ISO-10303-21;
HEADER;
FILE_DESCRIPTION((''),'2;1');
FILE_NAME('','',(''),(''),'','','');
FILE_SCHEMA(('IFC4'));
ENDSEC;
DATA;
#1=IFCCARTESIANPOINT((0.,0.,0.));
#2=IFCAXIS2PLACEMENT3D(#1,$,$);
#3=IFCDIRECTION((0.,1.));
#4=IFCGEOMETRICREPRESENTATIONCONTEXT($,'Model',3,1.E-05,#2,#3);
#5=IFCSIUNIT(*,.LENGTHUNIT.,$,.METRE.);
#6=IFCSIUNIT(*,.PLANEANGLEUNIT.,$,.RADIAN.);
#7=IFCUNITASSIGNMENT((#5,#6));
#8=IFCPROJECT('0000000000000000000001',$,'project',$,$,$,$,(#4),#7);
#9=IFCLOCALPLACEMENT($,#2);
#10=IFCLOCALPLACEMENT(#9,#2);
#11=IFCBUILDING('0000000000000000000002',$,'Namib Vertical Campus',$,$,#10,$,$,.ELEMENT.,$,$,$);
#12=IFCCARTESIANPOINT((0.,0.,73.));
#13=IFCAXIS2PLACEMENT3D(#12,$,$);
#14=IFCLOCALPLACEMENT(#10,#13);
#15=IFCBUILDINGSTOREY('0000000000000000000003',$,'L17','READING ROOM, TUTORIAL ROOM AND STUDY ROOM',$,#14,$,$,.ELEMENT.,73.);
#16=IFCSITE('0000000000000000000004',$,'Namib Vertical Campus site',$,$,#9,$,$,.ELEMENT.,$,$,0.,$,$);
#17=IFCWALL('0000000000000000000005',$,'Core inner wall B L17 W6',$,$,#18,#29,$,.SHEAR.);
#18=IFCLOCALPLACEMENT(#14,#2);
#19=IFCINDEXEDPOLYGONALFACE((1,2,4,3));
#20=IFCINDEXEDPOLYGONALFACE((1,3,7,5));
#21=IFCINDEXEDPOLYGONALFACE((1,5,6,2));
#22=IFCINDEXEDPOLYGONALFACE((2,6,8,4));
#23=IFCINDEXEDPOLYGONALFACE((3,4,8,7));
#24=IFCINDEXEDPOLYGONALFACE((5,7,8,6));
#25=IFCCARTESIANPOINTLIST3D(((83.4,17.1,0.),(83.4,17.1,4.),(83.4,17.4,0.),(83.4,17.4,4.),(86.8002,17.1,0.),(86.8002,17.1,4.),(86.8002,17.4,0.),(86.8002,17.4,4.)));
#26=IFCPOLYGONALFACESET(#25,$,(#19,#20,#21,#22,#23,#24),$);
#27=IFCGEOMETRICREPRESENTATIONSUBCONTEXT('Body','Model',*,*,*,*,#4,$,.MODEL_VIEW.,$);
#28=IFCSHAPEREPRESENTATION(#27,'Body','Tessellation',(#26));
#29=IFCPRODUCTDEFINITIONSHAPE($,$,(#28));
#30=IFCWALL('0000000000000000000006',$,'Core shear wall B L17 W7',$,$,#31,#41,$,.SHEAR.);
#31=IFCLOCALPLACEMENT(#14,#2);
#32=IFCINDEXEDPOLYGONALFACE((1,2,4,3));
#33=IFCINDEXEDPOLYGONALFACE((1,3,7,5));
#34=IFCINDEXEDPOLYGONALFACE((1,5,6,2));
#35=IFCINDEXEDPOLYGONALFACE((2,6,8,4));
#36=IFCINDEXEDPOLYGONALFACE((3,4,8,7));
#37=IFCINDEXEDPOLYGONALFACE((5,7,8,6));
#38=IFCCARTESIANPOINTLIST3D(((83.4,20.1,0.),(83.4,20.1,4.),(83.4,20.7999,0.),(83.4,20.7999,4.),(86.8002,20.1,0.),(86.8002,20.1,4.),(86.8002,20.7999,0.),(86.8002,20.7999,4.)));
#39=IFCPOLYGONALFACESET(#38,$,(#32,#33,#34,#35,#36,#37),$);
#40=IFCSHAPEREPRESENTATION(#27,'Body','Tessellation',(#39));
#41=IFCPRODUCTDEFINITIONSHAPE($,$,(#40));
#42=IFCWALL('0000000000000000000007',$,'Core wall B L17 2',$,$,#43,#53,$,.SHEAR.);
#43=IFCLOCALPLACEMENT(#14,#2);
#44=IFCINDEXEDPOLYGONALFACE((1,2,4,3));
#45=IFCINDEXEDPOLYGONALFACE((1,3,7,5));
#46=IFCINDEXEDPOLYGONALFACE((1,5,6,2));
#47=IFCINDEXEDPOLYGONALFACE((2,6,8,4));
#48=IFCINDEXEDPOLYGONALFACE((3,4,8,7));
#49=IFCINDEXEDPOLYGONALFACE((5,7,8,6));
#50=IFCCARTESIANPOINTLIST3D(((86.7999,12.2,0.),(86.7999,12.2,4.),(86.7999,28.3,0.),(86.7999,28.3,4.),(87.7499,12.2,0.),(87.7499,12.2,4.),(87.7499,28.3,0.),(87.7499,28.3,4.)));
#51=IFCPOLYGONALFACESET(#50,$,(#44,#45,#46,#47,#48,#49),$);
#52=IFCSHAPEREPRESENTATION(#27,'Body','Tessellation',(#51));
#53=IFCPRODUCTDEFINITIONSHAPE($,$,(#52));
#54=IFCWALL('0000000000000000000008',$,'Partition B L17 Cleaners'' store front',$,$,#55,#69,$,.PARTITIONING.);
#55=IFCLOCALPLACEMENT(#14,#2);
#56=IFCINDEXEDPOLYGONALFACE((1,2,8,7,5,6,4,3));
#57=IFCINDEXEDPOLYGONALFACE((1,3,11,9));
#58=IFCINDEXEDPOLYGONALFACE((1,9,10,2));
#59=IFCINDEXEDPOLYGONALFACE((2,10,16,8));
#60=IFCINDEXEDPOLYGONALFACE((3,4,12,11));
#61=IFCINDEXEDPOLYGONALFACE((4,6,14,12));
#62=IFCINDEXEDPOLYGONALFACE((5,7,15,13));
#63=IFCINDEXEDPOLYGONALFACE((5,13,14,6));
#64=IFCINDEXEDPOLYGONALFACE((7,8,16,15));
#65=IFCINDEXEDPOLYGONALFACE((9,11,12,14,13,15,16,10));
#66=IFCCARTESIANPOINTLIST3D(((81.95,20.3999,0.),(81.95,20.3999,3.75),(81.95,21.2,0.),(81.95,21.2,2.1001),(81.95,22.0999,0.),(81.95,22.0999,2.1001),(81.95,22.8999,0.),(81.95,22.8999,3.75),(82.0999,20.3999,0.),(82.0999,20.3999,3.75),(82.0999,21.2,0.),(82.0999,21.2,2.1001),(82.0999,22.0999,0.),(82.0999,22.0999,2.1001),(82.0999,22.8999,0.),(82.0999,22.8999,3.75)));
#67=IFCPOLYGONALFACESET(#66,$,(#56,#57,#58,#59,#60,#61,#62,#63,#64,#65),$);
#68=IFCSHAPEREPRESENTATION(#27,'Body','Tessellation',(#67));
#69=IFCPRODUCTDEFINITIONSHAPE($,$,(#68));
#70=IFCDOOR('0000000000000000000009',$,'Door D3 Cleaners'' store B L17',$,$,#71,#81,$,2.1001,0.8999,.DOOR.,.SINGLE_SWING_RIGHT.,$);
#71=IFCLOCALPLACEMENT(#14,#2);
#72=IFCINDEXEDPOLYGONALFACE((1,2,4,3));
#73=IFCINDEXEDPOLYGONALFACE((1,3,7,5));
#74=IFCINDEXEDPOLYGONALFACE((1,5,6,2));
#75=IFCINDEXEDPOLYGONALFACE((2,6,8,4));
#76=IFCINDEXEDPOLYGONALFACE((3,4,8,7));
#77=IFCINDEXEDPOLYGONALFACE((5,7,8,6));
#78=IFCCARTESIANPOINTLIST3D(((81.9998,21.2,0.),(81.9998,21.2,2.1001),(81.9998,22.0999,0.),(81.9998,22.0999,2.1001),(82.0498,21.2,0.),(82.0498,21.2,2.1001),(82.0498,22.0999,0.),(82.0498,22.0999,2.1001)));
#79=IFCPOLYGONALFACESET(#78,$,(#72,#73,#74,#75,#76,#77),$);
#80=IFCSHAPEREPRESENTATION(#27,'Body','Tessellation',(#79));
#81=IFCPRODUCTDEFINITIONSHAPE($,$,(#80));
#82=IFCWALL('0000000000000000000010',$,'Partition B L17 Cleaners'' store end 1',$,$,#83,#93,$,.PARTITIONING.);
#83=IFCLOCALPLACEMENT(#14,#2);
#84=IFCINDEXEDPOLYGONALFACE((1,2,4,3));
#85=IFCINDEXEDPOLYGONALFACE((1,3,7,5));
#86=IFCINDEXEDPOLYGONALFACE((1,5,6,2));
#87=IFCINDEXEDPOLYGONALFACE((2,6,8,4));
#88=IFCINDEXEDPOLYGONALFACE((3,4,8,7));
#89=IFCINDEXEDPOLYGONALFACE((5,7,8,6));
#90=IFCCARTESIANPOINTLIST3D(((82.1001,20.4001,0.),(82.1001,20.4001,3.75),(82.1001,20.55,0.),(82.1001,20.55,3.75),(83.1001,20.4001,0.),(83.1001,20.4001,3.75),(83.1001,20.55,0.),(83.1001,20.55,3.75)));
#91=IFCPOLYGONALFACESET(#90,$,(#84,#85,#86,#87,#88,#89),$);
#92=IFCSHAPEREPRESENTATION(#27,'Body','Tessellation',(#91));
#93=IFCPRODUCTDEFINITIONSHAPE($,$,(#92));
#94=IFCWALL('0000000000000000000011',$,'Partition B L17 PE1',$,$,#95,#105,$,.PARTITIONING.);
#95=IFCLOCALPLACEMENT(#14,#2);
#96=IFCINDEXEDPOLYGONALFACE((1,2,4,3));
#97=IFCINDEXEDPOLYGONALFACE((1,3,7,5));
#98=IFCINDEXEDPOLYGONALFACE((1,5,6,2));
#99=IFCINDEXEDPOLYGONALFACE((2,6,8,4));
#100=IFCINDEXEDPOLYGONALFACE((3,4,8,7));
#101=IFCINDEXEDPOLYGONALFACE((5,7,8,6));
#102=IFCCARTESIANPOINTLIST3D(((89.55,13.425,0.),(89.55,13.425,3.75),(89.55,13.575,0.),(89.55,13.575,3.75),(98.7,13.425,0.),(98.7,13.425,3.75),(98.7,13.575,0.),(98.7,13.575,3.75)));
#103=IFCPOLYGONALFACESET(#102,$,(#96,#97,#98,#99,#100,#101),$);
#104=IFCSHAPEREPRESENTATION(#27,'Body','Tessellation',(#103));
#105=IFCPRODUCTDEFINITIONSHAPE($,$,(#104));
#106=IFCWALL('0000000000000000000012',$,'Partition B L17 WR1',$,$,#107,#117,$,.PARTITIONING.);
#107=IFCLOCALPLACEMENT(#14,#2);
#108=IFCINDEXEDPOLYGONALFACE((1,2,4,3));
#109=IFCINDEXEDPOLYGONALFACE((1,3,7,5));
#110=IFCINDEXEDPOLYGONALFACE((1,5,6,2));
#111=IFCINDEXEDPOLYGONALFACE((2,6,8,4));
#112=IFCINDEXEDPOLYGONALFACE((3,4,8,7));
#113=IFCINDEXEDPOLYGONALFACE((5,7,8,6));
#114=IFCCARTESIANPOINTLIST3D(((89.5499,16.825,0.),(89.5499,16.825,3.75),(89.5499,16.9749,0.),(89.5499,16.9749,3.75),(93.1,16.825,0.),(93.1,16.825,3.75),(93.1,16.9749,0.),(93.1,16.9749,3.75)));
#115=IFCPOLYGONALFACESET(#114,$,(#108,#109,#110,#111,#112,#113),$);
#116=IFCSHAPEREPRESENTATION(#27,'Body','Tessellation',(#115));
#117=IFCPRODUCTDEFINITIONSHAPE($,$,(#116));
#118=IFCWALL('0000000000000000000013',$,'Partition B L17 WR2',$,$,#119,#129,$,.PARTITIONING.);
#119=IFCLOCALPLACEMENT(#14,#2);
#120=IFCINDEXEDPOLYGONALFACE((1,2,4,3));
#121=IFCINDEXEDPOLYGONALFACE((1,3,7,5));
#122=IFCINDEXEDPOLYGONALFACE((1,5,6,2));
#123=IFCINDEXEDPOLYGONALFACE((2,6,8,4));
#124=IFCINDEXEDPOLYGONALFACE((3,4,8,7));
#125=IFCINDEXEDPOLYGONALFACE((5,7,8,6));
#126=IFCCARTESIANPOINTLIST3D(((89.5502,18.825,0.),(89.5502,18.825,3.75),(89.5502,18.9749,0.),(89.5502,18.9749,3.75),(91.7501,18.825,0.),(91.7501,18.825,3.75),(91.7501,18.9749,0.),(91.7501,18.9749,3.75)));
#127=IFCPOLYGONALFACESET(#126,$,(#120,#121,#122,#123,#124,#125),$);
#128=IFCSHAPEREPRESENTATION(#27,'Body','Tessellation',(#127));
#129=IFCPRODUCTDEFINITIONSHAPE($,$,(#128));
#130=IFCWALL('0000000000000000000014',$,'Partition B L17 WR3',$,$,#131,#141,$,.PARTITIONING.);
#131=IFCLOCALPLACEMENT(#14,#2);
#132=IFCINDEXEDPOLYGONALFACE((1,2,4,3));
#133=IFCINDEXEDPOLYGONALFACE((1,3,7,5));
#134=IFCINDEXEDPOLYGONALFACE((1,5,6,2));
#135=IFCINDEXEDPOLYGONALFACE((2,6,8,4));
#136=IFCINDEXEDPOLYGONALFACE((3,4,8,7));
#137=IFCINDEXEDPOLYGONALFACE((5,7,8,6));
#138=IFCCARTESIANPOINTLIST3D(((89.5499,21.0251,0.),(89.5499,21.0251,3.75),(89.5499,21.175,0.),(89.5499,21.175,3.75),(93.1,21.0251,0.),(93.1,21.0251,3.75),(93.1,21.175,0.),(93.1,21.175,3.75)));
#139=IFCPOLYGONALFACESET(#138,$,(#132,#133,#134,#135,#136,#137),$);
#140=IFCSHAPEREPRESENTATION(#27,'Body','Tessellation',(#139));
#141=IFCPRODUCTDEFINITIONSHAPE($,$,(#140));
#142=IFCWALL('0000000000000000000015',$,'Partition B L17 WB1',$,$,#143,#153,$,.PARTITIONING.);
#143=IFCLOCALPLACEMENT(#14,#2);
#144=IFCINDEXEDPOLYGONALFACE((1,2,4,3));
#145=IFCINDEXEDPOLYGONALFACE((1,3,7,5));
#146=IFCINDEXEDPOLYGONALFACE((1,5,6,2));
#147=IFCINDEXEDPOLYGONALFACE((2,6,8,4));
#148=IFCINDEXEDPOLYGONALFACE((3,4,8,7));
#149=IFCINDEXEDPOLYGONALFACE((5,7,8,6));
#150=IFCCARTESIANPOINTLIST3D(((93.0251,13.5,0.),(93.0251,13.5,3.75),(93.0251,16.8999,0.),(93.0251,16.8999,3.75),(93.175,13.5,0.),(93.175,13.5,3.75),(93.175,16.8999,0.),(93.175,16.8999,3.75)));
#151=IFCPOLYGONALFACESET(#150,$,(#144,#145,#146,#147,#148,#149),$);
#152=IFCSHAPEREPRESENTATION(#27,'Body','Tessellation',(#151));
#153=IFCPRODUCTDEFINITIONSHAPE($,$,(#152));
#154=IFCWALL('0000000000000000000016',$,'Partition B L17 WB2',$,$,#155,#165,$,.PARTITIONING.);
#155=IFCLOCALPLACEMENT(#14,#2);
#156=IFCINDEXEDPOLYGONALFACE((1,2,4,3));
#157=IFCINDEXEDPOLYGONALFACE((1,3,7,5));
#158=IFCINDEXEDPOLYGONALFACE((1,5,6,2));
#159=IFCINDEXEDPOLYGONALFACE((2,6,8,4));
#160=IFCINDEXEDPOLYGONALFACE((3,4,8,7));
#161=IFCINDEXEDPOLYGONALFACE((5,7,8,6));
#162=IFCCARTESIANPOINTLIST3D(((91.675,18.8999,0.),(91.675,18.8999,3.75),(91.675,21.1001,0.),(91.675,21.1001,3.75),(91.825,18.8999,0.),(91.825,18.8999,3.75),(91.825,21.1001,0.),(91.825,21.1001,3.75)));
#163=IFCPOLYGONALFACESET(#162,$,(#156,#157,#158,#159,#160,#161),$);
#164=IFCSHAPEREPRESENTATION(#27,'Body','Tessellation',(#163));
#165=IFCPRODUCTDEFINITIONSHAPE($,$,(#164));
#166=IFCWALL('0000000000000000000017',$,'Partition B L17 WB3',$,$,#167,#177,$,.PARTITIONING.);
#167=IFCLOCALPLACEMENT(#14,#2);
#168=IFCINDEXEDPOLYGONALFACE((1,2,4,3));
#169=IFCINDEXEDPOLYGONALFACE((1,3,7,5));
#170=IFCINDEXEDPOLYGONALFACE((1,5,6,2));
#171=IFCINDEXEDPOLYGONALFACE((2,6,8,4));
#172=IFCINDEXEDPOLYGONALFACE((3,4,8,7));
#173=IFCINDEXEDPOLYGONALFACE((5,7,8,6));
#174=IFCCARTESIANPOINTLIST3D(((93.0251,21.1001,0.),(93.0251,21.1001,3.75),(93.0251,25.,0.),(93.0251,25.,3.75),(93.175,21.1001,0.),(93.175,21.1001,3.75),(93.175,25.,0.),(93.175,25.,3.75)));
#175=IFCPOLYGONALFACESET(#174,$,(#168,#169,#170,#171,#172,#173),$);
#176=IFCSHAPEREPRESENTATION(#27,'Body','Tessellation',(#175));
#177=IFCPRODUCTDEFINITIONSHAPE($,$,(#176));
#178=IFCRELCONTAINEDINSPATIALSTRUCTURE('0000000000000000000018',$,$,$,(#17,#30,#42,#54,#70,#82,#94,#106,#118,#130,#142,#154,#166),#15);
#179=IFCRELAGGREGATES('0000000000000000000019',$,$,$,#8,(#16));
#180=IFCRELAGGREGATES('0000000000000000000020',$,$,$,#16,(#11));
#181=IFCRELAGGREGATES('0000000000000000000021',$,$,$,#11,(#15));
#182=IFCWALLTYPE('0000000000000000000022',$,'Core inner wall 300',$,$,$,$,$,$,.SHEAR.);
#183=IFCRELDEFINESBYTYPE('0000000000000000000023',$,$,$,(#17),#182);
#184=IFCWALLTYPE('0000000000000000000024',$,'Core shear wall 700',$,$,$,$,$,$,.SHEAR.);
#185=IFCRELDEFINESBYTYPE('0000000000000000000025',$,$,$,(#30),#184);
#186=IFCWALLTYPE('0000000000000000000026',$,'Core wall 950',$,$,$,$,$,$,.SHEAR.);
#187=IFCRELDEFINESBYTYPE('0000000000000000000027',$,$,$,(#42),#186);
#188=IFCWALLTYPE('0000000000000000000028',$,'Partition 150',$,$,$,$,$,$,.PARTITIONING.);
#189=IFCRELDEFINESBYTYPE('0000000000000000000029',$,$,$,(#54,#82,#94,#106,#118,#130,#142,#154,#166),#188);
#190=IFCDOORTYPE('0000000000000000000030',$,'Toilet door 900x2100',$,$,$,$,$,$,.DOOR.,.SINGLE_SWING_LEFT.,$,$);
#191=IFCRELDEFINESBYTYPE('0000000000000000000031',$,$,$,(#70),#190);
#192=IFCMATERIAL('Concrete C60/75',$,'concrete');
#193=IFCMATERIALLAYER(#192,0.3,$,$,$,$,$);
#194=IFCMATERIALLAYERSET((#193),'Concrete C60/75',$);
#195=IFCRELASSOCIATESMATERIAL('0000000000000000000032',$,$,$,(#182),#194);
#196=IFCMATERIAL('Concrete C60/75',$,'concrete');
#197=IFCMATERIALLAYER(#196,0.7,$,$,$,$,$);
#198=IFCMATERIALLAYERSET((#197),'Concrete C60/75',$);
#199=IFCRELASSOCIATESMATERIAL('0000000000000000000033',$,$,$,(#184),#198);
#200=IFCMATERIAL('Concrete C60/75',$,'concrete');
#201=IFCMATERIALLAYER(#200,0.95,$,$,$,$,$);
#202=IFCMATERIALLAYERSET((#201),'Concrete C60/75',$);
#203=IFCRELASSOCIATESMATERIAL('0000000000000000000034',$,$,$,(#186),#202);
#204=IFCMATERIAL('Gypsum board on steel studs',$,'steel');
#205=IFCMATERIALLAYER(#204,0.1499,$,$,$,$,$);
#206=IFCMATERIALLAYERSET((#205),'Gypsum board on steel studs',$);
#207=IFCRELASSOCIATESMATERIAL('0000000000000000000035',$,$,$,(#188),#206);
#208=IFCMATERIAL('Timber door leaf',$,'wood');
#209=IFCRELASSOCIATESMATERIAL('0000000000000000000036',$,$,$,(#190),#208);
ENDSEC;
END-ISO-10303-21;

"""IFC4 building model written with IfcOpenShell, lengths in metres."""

from ifc_helpers import new_model, si_unit, direction, frame, frame_2d, origin, place, context, subcontext, project, spatial, rectangle, extrude, material, layer, layer_set, type_object, element, fill, save


model = new_model("IFC4")

# Units and contexts
model_context = context("Model", 3, precision=1e-05, world=origin(), true_north=direction((0.0, 1.0)))
body_context = subcontext(model_context, "Body", "Model", "MODEL_VIEW")
ifc_project = project(units=[si_unit("LENGTHUNIT", "METRE"), si_unit("PLANEANGLEUNIT", "RADIAN")], contexts=[model_context])

# Site, building, storey
site_placement = place(None, origin())
site = spatial("IfcSite", under=ifc_project, at=site_placement, Name="Namib Vertical Campus site", CompositionType="ELEMENT", RefElevation=0.0)
building_placement = place(site_placement, origin())
building = spatial("IfcBuilding", under=site, at=building_placement, Name="Namib Vertical Campus", CompositionType="ELEMENT")
storey_placement = place(building_placement, frame((0.0, 0.0, 73.0)))
storey = spatial("IfcBuildingStorey", under=building, at=storey_placement, Name="L17", Description="READING ROOM, TUTORIAL ROOM AND STUDY ROOM", CompositionType="ELEMENT", Elevation=73.0)

# Shared definitions
ifc_material_1 = material(Name="Concrete C60/75", Category="concrete")
ifc_layer_1 = layer(ifc_material_1, 0.3)
ifc_layer_set_1 = layer_set([ifc_layer_1], Name="Concrete C60/75")
wall_type_1 = type_object("IfcWallType", Name="Core inner wall 300", PredefinedType="SHEAR", material=ifc_layer_set_1)

# Walls
for number, where, z_axis, x_axis, name in (
    (1, (83.3999, 17.25, 0.0), (0.0, 0.0, 1.0), (1.0, 0.0, 0.0), "Core inner wall B L17 W6"),
):
    element("IfcWall", number, at=place(storey_placement, frame(where, z_axis=z_axis, x_axis=x_axis)), inside=storey, type_object=wall_type_1, Name=name, PredefinedType="SHEAR", context=body_context, shape_type="SweptSolid", body=[
        extrude(rectangle(XDim=3.4001, YDim=0.3, at=frame_2d((1.7002, 0.0))), origin(), (0.0, 0.0, 1.0), 4.0),
    ])
ifc_material_2 = material(Name="Concrete C60/75", Category="concrete")
ifc_layer_2 = layer(ifc_material_2, 0.7)
ifc_layer_set_2 = layer_set([ifc_layer_2], Name="Concrete C60/75")
wall_type_2 = type_object("IfcWallType", Name="Core shear wall 700", PredefinedType="SHEAR", material=ifc_layer_set_2)
wall_1_placement = place(storey_placement, frame((83.3999, 20.45, 0.0), z_axis=(0.0, 0.0, 1.0), x_axis=(1.0, 0.0, 0.0)))
element("IfcWall", 2, at=wall_1_placement, inside=storey, type_object=wall_type_2, Name="Core shear wall B L17 W7", PredefinedType="SHEAR", context=body_context, shape_type="SweptSolid", body=[
    extrude(rectangle(XDim=3.4001, YDim=0.7, at=frame_2d((1.7002, 0.0))), origin(), (0.0, 0.0, 1.0), 4.0),
])
ifc_material_3 = material(Name="Concrete C60/75", Category="concrete")
ifc_layer_3 = layer(ifc_material_3, 0.95)
ifc_layer_set_3 = layer_set([ifc_layer_3], Name="Concrete C60/75")
wall_type_3 = type_object("IfcWallType", Name="Core wall 950", PredefinedType="SHEAR", material=ifc_layer_set_3)
wall_2_placement = place(storey_placement, frame((87.2749, 12.2, 0.0), z_axis=(0.0, 0.0, 1.0), x_axis=(0.0, 1.0, 0.0)))
element("IfcWall", 3, at=wall_2_placement, inside=storey, type_object=wall_type_3, Name="Core wall B L17 2", PredefinedType="SHEAR", context=body_context, shape_type="SweptSolid", body=[
    extrude(rectangle(XDim=16.1001, YDim=0.95, at=frame_2d((8.05, 0.0))), origin(), (0.0, 0.0, 1.0), 4.0),
])

# Wall, opening, door
ifc_material_4 = material(Name="Gypsum board on steel studs", Category="steel")
ifc_layer_4 = layer(ifc_material_4, 0.1499)
ifc_layer_set_4 = layer_set([ifc_layer_4], Name="Gypsum board on steel studs")
wall_type_4 = type_object("IfcWallType", Name="Partition 150", PredefinedType="PARTITIONING", material=ifc_layer_set_4)
wall_3_placement = place(storey_placement, frame((82.0249, 20.3999, 0.0), z_axis=(0.0, 0.0, 1.0), x_axis=(0.0, 1.0, 0.0)))
wall_3 = element("IfcWall", 4, at=wall_3_placement, inside=storey, type_object=wall_type_4, Name="Partition B L17 Cleaners' store front", PredefinedType="PARTITIONING", context=body_context, shape_type="SweptSolid", body=[
    extrude(rectangle(XDim=2.5, YDim=0.1499, at=frame_2d((1.25, 0.0))), origin(), (0.0, 0.0, 1.0), 3.75),
])
opening_1_placement = place(wall_3_placement, frame((0.8, 0.0, 0.0)))
opening_1 = element("IfcOpeningElement", 5, at=opening_1_placement, cuts=wall_3, PredefinedType="OPENING", context=body_context, shape_type="SweptSolid", body=[
    extrude(rectangle(XDim=0.8999, YDim=2.1001, at=frame_2d((0.45, 1.05))), frame((0.0, 0.085, 0.0), z_axis=(0.0, -1.0, 0.0), x_axis=(1.0, 0.0, 0.0)), (0.0, 0.0, 1.0), 0.1699),
])
ifc_material_5 = material(Name="Timber door leaf", Category="wood")
door_type_1 = type_object("IfcDoorType", Name="Toilet door 900x2100", OperationType="SINGLE_SWING_LEFT", PredefinedType="DOOR", material=ifc_material_5)
door_1_placement = place(opening_1_placement, frame((0.8999, 0.0, 0.0), z_axis=(0.0, 0.0, 1.0), x_axis=(-1.0, 0.0, 0.0)))
door_1 = element("IfcDoor", 6, at=door_1_placement, inside=storey, type_object=door_type_1, Name="Door D3 Cleaners' store B L17", OperationType="SINGLE_SWING_RIGHT", OverallHeight=2.1001, OverallWidth=0.8999, PredefinedType="DOOR", context=body_context, shape_type="SweptSolid", body=[
    extrude(rectangle(XDim=0.8999, YDim=2.1001, at=frame_2d((0.45, 1.05))), frame((0.0, 0.0249, 0.0), z_axis=(0.0, -1.0, 0.0), x_axis=(1.0, 0.0, 0.0)), (0.0, 0.0, 1.0), 0.05),
])
fill(opening_1, door_1)

# Walls
wall_4_placement = place(storey_placement, frame((82.1001, 20.4751, 0.0), z_axis=(0.0, 0.0, 1.0), x_axis=(1.0, 0.0, 0.0)))
element("IfcWall", 7, at=wall_4_placement, inside=storey, type_object=wall_type_4, Name="Partition B L17 Cleaners' store end 1", PredefinedType="PARTITIONING", context=body_context, shape_type="SweptSolid", body=[
    extrude(rectangle(XDim=1.0, YDim=0.1499, at=frame_2d((0.5, 0.0))), origin(), (0.0, 0.0, 1.0), 3.75),
])
wall_5_placement = place(storey_placement, frame((89.55, 13.5, 0.0), z_axis=(0.0, 0.0, 1.0), x_axis=(1.0, 0.0, 0.0)))
element("IfcWall", 8, at=wall_5_placement, inside=storey, type_object=wall_type_4, Name="Partition B L17 PE1", PredefinedType="PARTITIONING", context=body_context, shape_type="SweptSolid", body=[
    extrude(rectangle(XDim=9.1499, YDim=0.1499, at=frame_2d((4.575, 0.0))), origin(), (0.0, 0.0, 1.0), 3.75),
])
wall_6_placement = place(storey_placement, frame((89.55, 16.8999, 0.0), z_axis=(0.0, 0.0, 1.0), x_axis=(1.0, 0.0, 0.0)))
element("IfcWall", 9, at=wall_6_placement, inside=storey, type_object=wall_type_4, Name="Partition B L17 WR1", PredefinedType="PARTITIONING", context=body_context, shape_type="SweptSolid", body=[
    extrude(rectangle(XDim=3.55, YDim=0.1499, at=frame_2d((1.7749, 0.0))), origin(), (0.0, 0.0, 1.0), 3.75),
])
wall_7_placement = place(storey_placement, frame((89.55, 18.8999, 0.0), z_axis=(0.0, 0.0, 1.0), x_axis=(1.0, 0.0, 0.0)))
element("IfcWall", 10, at=wall_7_placement, inside=storey, type_object=wall_type_4, Name="Partition B L17 WR2", PredefinedType="PARTITIONING", context=body_context, shape_type="SweptSolid", body=[
    extrude(rectangle(XDim=2.2, YDim=0.1499, at=frame_2d((1.1001, 0.0))), origin(), (0.0, 0.0, 1.0), 3.75),
])
wall_8_placement = place(storey_placement, frame((89.55, 21.1001, 0.0), z_axis=(0.0, 0.0, 1.0), x_axis=(1.0, 0.0, 0.0)))
element("IfcWall", 11, at=wall_8_placement, inside=storey, type_object=wall_type_4, Name="Partition B L17 WR3", PredefinedType="PARTITIONING", context=body_context, shape_type="SweptSolid", body=[
    extrude(rectangle(XDim=3.55, YDim=0.1499, at=frame_2d((1.7749, 0.0))), origin(), (0.0, 0.0, 1.0), 3.75),
])
wall_9_placement = place(storey_placement, frame((93.1001, 13.5, 0.0), z_axis=(0.0, 0.0, 1.0), x_axis=(0.0, 1.0, 0.0)))
element("IfcWall", 12, at=wall_9_placement, inside=storey, type_object=wall_type_4, Name="Partition B L17 WB1", PredefinedType="PARTITIONING", context=body_context, shape_type="SweptSolid", body=[
    extrude(rectangle(XDim=3.3999, YDim=0.1499, at=frame_2d((1.7, 0.0))), origin(), (0.0, 0.0, 1.0), 3.75),
])
wall_10_placement = place(storey_placement, frame((91.75, 18.8999, 0.0), z_axis=(0.0, 0.0, 1.0), x_axis=(0.0, 1.0, 0.0)))
element("IfcWall", 13, at=wall_10_placement, inside=storey, type_object=wall_type_4, Name="Partition B L17 WB2", PredefinedType="PARTITIONING", context=body_context, shape_type="SweptSolid", body=[
    extrude(rectangle(XDim=2.2002, YDim=0.1499, at=frame_2d((1.1001, 0.0))), origin(), (0.0, 0.0, 1.0), 3.75),
])
wall_11_placement = place(storey_placement, frame((93.1001, 21.1001, 0.0), z_axis=(0.0, 0.0, 1.0), x_axis=(0.0, 1.0, 0.0)))
element("IfcWall", 14, at=wall_11_placement, inside=storey, type_object=wall_type_4, Name="Partition B L17 WB3", PredefinedType="PARTITIONING", context=body_context, shape_type="SweptSolid", body=[
    extrude(rectangle(XDim=3.8999, YDim=0.1499, at=frame_2d((1.95, 0.0))), origin(), (0.0, 0.0, 1.0), 3.75),
])

save(model, "model.ifc")
